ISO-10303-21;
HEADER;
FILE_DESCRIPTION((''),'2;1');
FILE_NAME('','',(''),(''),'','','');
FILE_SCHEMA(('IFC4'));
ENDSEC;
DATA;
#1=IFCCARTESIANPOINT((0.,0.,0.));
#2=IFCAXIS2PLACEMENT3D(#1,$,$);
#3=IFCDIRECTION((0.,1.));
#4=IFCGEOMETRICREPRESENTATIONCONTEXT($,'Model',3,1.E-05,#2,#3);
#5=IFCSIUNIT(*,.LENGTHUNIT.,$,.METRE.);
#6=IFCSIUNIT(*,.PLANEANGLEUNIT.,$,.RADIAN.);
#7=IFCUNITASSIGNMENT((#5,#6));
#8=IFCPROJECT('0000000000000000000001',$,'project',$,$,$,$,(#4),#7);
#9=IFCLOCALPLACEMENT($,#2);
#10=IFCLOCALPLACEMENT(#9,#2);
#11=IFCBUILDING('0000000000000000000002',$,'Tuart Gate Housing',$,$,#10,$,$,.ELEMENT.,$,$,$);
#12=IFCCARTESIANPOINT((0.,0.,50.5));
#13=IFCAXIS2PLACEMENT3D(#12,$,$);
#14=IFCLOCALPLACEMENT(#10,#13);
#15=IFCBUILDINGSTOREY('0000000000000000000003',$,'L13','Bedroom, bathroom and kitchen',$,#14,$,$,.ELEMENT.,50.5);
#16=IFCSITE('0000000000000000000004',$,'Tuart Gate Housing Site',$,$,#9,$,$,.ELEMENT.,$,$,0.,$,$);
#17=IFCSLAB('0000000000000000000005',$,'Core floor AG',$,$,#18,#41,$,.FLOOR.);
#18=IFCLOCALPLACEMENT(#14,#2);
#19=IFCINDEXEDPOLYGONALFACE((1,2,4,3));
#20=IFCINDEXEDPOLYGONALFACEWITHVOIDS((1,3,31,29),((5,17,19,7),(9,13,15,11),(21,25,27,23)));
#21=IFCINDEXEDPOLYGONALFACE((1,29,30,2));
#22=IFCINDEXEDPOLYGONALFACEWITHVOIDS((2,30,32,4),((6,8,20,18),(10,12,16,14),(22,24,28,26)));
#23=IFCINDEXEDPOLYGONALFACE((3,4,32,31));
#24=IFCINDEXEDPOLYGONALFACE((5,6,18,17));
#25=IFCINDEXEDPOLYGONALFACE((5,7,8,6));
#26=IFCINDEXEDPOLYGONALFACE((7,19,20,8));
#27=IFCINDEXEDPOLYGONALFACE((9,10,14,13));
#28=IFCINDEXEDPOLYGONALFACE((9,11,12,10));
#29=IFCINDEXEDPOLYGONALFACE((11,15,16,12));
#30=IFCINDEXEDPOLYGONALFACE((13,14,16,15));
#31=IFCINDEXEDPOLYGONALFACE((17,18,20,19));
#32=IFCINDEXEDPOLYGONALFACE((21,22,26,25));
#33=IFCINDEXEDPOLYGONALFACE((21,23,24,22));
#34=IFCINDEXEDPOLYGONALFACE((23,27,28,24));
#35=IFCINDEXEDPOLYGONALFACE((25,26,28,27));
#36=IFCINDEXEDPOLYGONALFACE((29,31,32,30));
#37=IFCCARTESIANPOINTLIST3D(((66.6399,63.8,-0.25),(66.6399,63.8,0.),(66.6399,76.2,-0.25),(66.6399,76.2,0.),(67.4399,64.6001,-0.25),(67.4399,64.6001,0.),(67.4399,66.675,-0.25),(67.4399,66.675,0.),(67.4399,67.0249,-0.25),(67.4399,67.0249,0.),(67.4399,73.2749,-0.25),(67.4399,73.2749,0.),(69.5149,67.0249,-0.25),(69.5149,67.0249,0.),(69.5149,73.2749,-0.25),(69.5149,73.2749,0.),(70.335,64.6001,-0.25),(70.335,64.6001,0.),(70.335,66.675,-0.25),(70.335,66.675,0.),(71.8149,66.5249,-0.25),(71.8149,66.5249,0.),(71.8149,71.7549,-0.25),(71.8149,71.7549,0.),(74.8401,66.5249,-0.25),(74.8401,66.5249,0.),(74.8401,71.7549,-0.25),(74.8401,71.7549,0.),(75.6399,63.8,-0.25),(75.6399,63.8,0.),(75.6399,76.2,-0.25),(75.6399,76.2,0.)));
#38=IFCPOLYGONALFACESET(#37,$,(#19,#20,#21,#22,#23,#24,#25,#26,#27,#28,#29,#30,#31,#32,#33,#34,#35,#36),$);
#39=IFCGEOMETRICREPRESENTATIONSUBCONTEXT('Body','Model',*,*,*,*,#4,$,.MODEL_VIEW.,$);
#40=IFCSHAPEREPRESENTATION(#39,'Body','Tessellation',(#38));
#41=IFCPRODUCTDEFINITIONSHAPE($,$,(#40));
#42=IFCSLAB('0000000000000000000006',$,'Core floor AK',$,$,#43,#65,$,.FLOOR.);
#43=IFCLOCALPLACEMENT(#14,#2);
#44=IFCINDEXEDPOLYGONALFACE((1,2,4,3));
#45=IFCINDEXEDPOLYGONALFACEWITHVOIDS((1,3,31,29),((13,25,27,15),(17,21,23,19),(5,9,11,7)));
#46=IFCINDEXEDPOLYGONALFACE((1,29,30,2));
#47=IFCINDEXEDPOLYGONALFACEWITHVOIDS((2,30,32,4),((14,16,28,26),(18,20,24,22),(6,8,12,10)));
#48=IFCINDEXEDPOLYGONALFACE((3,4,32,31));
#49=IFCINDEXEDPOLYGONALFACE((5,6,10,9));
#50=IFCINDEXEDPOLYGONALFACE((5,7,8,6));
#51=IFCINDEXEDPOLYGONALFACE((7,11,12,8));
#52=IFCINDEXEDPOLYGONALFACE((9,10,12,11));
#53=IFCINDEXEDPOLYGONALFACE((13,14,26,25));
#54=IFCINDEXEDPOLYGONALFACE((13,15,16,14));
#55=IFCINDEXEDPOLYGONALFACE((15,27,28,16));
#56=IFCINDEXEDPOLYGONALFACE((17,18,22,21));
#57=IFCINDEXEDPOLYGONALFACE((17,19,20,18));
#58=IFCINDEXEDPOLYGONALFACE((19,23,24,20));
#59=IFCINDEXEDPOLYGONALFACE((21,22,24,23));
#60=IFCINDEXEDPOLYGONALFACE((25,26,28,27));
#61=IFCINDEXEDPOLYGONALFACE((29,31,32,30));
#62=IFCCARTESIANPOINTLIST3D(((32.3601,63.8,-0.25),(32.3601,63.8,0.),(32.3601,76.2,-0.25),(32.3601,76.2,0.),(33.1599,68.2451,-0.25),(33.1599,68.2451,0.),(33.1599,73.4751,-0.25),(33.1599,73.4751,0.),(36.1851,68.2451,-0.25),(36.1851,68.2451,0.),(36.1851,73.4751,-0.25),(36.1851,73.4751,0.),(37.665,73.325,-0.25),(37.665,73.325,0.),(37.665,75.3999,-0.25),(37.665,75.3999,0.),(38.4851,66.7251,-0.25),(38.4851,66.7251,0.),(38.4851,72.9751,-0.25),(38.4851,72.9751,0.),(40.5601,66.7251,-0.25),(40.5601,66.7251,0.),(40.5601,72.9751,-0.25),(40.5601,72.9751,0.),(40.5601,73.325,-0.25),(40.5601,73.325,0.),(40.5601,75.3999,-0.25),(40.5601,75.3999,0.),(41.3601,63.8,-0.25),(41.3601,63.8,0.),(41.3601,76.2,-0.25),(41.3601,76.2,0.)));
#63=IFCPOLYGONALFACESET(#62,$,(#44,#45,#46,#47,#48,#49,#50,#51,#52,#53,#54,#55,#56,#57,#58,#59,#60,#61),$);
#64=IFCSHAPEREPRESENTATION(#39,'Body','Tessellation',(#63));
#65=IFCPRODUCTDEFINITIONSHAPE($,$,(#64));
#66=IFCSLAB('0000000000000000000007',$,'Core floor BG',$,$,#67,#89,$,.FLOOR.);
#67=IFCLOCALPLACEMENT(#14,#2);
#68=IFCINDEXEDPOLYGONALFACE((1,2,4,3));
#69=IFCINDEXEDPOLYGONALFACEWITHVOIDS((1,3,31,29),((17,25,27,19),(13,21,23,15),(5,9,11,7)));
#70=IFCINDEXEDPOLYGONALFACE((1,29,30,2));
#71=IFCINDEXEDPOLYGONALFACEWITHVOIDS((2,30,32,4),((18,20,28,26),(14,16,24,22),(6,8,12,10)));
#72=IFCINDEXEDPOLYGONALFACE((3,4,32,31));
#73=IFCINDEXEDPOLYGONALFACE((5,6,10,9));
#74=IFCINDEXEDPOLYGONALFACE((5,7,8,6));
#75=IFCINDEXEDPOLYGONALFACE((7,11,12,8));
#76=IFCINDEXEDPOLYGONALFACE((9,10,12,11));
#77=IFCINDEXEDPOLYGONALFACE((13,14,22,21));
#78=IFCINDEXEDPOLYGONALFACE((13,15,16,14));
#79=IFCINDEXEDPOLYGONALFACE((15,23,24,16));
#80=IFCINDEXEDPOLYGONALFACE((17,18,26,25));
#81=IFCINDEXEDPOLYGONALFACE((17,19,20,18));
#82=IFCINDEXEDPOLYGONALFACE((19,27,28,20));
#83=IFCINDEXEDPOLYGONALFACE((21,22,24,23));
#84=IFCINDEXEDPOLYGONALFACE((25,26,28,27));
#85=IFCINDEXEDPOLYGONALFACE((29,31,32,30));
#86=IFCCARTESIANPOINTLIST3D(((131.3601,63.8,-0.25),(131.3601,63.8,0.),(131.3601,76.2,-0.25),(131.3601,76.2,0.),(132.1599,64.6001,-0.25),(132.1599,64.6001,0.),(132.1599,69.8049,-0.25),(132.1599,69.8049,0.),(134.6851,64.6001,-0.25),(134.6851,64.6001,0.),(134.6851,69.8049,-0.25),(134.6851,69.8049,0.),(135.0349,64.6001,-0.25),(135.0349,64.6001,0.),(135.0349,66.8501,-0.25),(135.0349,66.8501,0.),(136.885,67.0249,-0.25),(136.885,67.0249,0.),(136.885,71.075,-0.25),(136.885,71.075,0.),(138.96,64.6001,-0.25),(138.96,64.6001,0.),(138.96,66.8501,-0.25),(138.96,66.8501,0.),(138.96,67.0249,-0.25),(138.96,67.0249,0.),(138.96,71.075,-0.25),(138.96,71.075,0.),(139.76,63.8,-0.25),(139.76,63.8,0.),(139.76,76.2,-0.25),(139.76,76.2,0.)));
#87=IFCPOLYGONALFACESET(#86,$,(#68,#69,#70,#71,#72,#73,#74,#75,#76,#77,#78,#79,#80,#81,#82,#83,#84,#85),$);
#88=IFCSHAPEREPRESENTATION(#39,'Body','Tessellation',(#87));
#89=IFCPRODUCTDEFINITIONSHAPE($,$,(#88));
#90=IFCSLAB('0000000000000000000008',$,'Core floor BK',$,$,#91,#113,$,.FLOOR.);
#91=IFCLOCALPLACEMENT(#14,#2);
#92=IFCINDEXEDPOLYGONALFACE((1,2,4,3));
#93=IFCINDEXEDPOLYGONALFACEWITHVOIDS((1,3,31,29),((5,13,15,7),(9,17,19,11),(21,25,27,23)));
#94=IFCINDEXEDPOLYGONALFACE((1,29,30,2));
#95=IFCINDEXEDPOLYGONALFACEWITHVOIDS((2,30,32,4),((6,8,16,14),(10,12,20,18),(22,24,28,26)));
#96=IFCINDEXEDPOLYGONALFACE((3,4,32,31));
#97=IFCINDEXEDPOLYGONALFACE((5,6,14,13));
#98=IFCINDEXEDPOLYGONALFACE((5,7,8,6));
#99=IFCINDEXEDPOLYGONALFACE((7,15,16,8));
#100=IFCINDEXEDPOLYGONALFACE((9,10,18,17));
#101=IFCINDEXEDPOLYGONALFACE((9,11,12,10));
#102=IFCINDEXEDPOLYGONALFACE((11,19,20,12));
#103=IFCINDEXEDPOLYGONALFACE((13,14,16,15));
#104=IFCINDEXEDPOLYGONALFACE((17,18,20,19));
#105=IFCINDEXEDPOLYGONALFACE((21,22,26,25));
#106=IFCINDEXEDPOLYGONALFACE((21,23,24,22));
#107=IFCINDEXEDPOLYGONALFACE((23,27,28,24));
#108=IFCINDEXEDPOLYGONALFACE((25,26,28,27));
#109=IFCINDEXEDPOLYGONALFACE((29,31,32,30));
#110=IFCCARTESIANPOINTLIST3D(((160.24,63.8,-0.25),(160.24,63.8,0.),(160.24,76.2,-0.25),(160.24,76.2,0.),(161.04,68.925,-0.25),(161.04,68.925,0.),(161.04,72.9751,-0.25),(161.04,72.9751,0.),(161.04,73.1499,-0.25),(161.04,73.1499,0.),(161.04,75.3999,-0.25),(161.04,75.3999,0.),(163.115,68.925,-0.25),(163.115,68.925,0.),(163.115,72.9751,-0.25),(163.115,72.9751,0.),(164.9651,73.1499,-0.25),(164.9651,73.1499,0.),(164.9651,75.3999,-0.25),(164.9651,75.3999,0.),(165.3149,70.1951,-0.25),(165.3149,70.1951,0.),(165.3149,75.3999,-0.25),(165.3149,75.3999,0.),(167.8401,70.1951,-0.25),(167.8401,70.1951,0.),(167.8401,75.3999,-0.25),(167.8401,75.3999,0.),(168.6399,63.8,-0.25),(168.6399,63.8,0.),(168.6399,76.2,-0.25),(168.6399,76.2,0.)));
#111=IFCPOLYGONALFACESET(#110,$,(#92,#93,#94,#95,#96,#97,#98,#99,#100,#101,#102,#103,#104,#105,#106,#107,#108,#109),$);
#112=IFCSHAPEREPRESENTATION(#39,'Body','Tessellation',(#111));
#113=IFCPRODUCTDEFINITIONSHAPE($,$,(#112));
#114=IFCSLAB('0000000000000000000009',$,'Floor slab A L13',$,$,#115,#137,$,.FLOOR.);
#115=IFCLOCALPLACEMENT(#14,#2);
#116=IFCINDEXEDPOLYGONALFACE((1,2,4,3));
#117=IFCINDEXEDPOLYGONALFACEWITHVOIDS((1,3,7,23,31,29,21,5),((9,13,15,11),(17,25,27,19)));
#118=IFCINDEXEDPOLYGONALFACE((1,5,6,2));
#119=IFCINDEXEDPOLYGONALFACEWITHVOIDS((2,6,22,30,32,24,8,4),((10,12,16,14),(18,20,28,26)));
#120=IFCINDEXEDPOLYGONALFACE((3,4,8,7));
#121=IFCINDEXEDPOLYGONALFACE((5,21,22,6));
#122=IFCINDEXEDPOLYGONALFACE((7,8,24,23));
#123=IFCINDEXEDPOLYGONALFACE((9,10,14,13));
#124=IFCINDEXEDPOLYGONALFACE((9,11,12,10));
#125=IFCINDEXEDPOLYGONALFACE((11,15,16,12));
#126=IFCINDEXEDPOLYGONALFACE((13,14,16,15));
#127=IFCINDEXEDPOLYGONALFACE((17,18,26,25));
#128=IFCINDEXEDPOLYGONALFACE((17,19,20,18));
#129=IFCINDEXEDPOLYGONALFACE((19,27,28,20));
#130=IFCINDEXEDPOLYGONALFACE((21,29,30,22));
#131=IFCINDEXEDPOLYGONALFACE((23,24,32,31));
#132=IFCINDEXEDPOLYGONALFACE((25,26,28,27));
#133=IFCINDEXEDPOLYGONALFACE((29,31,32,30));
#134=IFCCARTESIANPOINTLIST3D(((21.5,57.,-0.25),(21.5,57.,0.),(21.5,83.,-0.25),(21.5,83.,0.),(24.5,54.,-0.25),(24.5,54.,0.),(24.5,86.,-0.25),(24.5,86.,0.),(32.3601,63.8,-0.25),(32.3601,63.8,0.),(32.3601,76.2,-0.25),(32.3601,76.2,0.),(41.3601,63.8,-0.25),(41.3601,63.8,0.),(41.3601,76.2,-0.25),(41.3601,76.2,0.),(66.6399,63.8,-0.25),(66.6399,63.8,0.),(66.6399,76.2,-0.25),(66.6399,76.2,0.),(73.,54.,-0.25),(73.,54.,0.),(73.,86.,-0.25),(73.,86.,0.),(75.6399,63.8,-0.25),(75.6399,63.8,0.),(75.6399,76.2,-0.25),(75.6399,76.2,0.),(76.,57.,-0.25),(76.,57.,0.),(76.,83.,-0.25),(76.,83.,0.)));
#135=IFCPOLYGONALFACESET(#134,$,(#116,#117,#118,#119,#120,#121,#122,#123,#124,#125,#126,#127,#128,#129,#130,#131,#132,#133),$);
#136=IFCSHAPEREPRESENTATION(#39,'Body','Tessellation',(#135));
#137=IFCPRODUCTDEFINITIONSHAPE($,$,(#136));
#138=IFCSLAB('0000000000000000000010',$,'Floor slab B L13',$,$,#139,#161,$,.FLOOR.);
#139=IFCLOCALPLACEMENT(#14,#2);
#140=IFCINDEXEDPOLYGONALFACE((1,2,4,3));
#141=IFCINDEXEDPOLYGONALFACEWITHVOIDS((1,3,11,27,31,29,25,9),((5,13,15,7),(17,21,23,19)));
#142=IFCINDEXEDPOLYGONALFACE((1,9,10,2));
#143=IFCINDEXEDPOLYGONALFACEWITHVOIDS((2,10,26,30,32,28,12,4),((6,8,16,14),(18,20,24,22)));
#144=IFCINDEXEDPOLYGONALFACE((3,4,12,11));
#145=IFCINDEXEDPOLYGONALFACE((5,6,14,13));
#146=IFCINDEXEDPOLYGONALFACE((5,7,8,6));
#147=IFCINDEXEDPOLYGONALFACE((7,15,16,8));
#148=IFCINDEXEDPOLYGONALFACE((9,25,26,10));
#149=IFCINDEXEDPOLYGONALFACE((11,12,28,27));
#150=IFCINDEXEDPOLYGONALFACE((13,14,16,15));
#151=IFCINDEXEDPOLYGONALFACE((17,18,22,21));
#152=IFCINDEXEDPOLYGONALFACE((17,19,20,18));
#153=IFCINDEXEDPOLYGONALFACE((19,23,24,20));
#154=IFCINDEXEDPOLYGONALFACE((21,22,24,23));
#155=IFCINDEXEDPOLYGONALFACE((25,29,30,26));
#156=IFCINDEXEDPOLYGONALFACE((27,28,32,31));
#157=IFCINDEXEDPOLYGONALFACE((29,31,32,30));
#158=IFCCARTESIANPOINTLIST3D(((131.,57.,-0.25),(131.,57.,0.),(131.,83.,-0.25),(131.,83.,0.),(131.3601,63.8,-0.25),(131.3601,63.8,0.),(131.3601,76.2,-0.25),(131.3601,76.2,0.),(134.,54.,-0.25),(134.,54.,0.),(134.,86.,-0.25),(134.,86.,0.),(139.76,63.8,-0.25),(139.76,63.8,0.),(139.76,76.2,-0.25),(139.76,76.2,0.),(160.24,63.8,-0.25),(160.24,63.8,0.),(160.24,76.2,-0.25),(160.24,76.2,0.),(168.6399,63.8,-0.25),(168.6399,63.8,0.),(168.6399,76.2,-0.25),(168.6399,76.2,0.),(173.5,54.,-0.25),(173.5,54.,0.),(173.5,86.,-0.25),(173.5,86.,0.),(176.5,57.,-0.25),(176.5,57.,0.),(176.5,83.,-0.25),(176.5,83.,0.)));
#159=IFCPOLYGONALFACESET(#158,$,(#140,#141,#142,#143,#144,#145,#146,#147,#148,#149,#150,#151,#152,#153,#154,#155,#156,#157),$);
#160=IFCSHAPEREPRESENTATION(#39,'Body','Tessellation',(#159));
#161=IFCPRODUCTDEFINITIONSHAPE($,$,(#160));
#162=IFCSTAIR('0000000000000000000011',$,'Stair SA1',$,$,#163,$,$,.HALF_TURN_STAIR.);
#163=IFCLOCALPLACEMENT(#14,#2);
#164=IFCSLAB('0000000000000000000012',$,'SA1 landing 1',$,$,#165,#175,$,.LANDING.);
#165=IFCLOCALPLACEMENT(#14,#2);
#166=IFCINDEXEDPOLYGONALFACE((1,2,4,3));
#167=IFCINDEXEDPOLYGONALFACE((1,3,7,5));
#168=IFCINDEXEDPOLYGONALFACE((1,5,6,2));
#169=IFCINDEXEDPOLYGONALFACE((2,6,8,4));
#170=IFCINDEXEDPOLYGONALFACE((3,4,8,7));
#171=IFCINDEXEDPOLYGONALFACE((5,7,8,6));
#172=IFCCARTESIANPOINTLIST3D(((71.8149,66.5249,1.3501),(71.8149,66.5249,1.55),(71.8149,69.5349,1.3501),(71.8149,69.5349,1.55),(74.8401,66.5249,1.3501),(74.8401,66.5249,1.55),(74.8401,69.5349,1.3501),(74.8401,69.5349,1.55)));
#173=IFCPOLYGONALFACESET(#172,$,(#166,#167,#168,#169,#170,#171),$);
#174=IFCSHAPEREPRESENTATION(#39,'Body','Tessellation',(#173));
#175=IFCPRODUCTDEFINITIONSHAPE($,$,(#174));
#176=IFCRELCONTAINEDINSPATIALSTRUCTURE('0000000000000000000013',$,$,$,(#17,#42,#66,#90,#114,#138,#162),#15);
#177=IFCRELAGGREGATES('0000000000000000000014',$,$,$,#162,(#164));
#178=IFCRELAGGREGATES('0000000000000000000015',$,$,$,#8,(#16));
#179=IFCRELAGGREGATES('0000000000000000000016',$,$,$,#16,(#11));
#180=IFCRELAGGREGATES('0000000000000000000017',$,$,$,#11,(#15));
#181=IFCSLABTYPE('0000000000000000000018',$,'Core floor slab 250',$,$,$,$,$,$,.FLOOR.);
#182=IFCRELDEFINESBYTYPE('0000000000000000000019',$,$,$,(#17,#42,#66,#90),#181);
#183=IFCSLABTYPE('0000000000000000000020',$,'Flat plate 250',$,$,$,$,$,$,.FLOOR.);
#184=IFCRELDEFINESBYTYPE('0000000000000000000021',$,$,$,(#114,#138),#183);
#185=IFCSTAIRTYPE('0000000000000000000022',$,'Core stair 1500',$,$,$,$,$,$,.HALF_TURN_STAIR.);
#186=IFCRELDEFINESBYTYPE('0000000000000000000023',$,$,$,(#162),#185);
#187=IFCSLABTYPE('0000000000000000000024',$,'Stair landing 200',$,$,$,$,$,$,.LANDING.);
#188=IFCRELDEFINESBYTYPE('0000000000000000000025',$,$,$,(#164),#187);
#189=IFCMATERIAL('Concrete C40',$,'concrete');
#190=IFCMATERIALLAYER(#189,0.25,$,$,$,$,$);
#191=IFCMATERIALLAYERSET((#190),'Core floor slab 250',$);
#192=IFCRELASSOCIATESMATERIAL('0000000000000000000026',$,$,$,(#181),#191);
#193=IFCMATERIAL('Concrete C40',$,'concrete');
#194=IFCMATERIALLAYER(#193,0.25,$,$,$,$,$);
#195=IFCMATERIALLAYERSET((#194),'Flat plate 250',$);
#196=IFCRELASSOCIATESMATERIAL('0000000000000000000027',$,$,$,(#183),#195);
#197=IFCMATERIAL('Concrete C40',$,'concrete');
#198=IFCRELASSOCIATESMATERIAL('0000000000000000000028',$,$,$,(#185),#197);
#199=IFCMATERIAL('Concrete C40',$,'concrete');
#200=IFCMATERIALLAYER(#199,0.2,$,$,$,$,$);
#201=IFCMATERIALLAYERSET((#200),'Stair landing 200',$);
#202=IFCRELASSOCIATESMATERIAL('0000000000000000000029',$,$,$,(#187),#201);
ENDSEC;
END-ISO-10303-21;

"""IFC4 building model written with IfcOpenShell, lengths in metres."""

from ifc_helpers import new_model, si_unit, direction, frame, origin, place, context, subcontext, project, spatial, polyline, outline, extrude, material, layer, layer_set, type_object, element, aggregate, save


model = new_model("IFC4")

# Units and contexts
model_context = context("Model", 3, precision=1e-05, world=origin(), true_north=direction((0.0, 1.0)))
body_context = subcontext(model_context, "Body", "Model", "MODEL_VIEW")
ifc_project = project(units=[si_unit("LENGTHUNIT", "METRE"), si_unit("PLANEANGLEUNIT", "RADIAN")], contexts=[model_context])

# Site, building, storey
site_placement = place(None, origin())
site = spatial("IfcSite", under=ifc_project, at=site_placement, Name="Tuart Gate Housing Site", CompositionType="ELEMENT", RefElevation=0.0)
building_placement = place(site_placement, origin())
building = spatial("IfcBuilding", under=site, at=building_placement, Name="Tuart Gate Housing", CompositionType="ELEMENT")
storey_placement = place(building_placement, frame((0.0, 0.0, 50.5)))
storey = spatial("IfcBuildingStorey", under=building, at=storey_placement, Name="L13", Description="Bedroom, bathroom and kitchen", CompositionType="ELEMENT", Elevation=50.5)

# Slabs
ifc_material_1 = material(Name="Concrete C40", Category="concrete")
ifc_layer_1 = layer(ifc_material_1, 0.25)
ifc_layer_set_1 = layer_set([ifc_layer_1], Name="Core floor slab 250")
slab_type_1 = type_object("IfcSlabType", Name="Core floor slab 250", PredefinedType="FLOOR", material=ifc_layer_set_1)
slab_1_placement = place(storey_placement, frame((0.0, 0.0, -0.25)))
element("IfcSlab", 1, at=slab_1_placement, inside=storey, type_object=slab_type_1, Name="Core floor AG", PredefinedType="FLOOR", context=body_context, shape_type="SweptSolid", body=[
    extrude(outline(polyline([(66.6399, 63.8), (75.6399, 63.8), (75.6399, 76.2), (66.6399, 76.2), (66.6399, 63.8)]), holes=[polyline([(67.4399, 64.6001), (70.335, 64.6001), (70.335, 66.675), (67.4399, 66.675), (67.4399, 64.6001)]), polyline([(67.4399, 67.0249), (69.5149, 67.0249), (69.5149, 73.2749), (67.4399, 73.2749), (67.4399, 67.0249)]), polyline([(71.8149, 66.5249), (74.8401, 66.5249), (74.8401, 71.7549), (71.8149, 71.7549), (71.8149, 66.5249)])]), origin(), (0.0, 0.0, 1.0), 0.25),
])
slab_2_placement = place(storey_placement, frame((0.0, 0.0, -0.25)))
element("IfcSlab", 2, at=slab_2_placement, inside=storey, type_object=slab_type_1, Name="Core floor AK", PredefinedType="FLOOR", context=body_context, shape_type="SweptSolid", body=[
    extrude(outline(polyline([(32.3601, 63.8), (41.3601, 63.8), (41.3601, 76.2), (32.3601, 76.2), (32.3601, 63.8)]), holes=[polyline([(40.5601, 75.3999), (37.665, 75.3999), (37.665, 73.325), (40.5601, 73.325), (40.5601, 75.3999)]), polyline([(40.5601, 72.9751), (38.4851, 72.9751), (38.4851, 66.7251), (40.5601, 66.7251), (40.5601, 72.9751)]), polyline([(36.1851, 73.4751), (33.1599, 73.4751), (33.1599, 68.2451), (36.1851, 68.2451), (36.1851, 73.4751)])]), origin(), (0.0, 0.0, 1.0), 0.25),
])
slab_3_placement = place(storey_placement, frame((0.0, 0.0, -0.25)))
element("IfcSlab", 3, at=slab_3_placement, inside=storey, type_object=slab_type_1, Name="Core floor BG", PredefinedType="FLOOR", context=body_context, shape_type="SweptSolid", body=[
    extrude(outline(polyline([(131.3601, 63.8), (139.76, 63.8), (139.76, 76.2), (131.3601, 76.2), (131.3601, 63.8)]), holes=[polyline([(138.96, 66.8501), (135.0349, 66.8501), (135.0349, 64.6001), (138.96, 64.6001), (138.96, 66.8501)]), polyline([(138.96, 71.075), (136.885, 71.075), (136.885, 67.0249), (138.96, 67.0249), (138.96, 71.075)]), polyline([(134.6851, 69.8049), (132.1599, 69.8049), (132.1599, 64.6001), (134.6851, 64.6001), (134.6851, 69.8049)])]), origin(), (0.0, 0.0, 1.0), 0.25),
])
slab_4_placement = place(storey_placement, frame((0.0, 0.0, -0.25)))
element("IfcSlab", 4, at=slab_4_placement, inside=storey, type_object=slab_type_1, Name="Core floor BK", PredefinedType="FLOOR", context=body_context, shape_type="SweptSolid", body=[
    extrude(outline(polyline([(160.24, 63.8), (168.6399, 63.8), (168.6399, 76.2), (160.24, 76.2), (160.24, 63.8)]), holes=[polyline([(161.04, 73.1499), (164.9651, 73.1499), (164.9651, 75.3999), (161.04, 75.3999), (161.04, 73.1499)]), polyline([(161.04, 68.925), (163.115, 68.925), (163.115, 72.9751), (161.04, 72.9751), (161.04, 68.925)]), polyline([(165.3149, 70.1951), (167.8401, 70.1951), (167.8401, 75.3999), (165.3149, 75.3999), (165.3149, 70.1951)])]), origin(), (0.0, 0.0, 1.0), 0.25),
])
ifc_material_2 = material(Name="Concrete C40", Category="concrete")
ifc_layer_2 = layer(ifc_material_2, 0.25)
ifc_layer_set_2 = layer_set([ifc_layer_2], Name="Flat plate 250")
slab_type_2 = type_object("IfcSlabType", Name="Flat plate 250", PredefinedType="FLOOR", material=ifc_layer_set_2)
slab_5_placement = place(storey_placement, frame((0.0, 0.0, -0.25)))
element("IfcSlab", 5, at=slab_5_placement, inside=storey, type_object=slab_type_2, Name="Floor slab A L13", PredefinedType="FLOOR", context=body_context, shape_type="SweptSolid", body=[
    extrude(outline(polyline([(24.5, 86.0), (21.5, 83.0), (21.5, 57.0), (24.5, 54.0), (73.0, 54.0), (76.0, 57.0), (76.0, 83.0), (73.0, 86.0), (24.5, 86.0)]), holes=[polyline([(66.6399, 76.2), (75.6399, 76.2), (75.6399, 63.8), (66.6399, 63.8), (66.6399, 76.2)]), polyline([(41.3601, 76.2), (41.3601, 63.8), (32.3601, 63.8), (32.3601, 76.2), (41.3601, 76.2)])]), origin(), (0.0, 0.0, 1.0), 0.25),
])
slab_6_placement = place(storey_placement, frame((0.0, 0.0, -0.25)))
element("IfcSlab", 6, at=slab_6_placement, inside=storey, type_object=slab_type_2, Name="Floor slab B L13", PredefinedType="FLOOR", context=body_context, shape_type="SweptSolid", body=[
    extrude(outline(polyline([(134.0, 86.0), (131.0, 83.0), (131.0, 57.0), (134.0, 54.0), (173.5, 54.0), (176.5, 57.0), (176.5, 83.0), (173.5, 86.0), (134.0, 86.0)]), holes=[polyline([(131.3601, 76.2), (139.76, 76.2), (139.76, 63.8), (131.3601, 63.8), (131.3601, 76.2)]), polyline([(168.6399, 76.2), (168.6399, 63.8), (160.24, 63.8), (160.24, 76.2), (168.6399, 76.2)])]), origin(), (0.0, 0.0, 1.0), 0.25),
])

# Stair, slab
ifc_material_3 = material(Name="Concrete C40", Category="concrete")
stair_type_1 = type_object("IfcStairType", Name="Core stair 1500", PredefinedType="HALF_TURN_STAIR", material=ifc_material_3)
stair_1_placement = place(storey_placement, origin())
stair_1 = element("IfcStair", 7, at=stair_1_placement, inside=storey, type_object=stair_type_1, Name="Stair SA1", PredefinedType="HALF_TURN_STAIR")
ifc_material_4 = material(Name="Concrete C40", Category="concrete")
ifc_layer_3 = layer(ifc_material_4, 0.2)
ifc_layer_set_3 = layer_set([ifc_layer_3], Name="Stair landing 200")
slab_type_3 = type_object("IfcSlabType", Name="Stair landing 200", PredefinedType="LANDING", material=ifc_layer_set_3)
slab_7_placement = place(storey_placement, frame((0.0, 0.0, 1.3501)))
slab_7 = element("IfcSlab", 8, at=slab_7_placement, type_object=slab_type_3, Name="SA1 landing 1", PredefinedType="LANDING", context=body_context, shape_type="SweptSolid", body=[
    extrude(outline(polyline([(71.8149, 66.5249), (74.8401, 66.5249), (74.8401, 69.5349), (71.8149, 69.5349), (71.8149, 66.5249)])), origin(), (0.0, 0.0, 1.0), 0.2),
])
aggregate(stair_1, [slab_7])

save(model, "model.ifc")
